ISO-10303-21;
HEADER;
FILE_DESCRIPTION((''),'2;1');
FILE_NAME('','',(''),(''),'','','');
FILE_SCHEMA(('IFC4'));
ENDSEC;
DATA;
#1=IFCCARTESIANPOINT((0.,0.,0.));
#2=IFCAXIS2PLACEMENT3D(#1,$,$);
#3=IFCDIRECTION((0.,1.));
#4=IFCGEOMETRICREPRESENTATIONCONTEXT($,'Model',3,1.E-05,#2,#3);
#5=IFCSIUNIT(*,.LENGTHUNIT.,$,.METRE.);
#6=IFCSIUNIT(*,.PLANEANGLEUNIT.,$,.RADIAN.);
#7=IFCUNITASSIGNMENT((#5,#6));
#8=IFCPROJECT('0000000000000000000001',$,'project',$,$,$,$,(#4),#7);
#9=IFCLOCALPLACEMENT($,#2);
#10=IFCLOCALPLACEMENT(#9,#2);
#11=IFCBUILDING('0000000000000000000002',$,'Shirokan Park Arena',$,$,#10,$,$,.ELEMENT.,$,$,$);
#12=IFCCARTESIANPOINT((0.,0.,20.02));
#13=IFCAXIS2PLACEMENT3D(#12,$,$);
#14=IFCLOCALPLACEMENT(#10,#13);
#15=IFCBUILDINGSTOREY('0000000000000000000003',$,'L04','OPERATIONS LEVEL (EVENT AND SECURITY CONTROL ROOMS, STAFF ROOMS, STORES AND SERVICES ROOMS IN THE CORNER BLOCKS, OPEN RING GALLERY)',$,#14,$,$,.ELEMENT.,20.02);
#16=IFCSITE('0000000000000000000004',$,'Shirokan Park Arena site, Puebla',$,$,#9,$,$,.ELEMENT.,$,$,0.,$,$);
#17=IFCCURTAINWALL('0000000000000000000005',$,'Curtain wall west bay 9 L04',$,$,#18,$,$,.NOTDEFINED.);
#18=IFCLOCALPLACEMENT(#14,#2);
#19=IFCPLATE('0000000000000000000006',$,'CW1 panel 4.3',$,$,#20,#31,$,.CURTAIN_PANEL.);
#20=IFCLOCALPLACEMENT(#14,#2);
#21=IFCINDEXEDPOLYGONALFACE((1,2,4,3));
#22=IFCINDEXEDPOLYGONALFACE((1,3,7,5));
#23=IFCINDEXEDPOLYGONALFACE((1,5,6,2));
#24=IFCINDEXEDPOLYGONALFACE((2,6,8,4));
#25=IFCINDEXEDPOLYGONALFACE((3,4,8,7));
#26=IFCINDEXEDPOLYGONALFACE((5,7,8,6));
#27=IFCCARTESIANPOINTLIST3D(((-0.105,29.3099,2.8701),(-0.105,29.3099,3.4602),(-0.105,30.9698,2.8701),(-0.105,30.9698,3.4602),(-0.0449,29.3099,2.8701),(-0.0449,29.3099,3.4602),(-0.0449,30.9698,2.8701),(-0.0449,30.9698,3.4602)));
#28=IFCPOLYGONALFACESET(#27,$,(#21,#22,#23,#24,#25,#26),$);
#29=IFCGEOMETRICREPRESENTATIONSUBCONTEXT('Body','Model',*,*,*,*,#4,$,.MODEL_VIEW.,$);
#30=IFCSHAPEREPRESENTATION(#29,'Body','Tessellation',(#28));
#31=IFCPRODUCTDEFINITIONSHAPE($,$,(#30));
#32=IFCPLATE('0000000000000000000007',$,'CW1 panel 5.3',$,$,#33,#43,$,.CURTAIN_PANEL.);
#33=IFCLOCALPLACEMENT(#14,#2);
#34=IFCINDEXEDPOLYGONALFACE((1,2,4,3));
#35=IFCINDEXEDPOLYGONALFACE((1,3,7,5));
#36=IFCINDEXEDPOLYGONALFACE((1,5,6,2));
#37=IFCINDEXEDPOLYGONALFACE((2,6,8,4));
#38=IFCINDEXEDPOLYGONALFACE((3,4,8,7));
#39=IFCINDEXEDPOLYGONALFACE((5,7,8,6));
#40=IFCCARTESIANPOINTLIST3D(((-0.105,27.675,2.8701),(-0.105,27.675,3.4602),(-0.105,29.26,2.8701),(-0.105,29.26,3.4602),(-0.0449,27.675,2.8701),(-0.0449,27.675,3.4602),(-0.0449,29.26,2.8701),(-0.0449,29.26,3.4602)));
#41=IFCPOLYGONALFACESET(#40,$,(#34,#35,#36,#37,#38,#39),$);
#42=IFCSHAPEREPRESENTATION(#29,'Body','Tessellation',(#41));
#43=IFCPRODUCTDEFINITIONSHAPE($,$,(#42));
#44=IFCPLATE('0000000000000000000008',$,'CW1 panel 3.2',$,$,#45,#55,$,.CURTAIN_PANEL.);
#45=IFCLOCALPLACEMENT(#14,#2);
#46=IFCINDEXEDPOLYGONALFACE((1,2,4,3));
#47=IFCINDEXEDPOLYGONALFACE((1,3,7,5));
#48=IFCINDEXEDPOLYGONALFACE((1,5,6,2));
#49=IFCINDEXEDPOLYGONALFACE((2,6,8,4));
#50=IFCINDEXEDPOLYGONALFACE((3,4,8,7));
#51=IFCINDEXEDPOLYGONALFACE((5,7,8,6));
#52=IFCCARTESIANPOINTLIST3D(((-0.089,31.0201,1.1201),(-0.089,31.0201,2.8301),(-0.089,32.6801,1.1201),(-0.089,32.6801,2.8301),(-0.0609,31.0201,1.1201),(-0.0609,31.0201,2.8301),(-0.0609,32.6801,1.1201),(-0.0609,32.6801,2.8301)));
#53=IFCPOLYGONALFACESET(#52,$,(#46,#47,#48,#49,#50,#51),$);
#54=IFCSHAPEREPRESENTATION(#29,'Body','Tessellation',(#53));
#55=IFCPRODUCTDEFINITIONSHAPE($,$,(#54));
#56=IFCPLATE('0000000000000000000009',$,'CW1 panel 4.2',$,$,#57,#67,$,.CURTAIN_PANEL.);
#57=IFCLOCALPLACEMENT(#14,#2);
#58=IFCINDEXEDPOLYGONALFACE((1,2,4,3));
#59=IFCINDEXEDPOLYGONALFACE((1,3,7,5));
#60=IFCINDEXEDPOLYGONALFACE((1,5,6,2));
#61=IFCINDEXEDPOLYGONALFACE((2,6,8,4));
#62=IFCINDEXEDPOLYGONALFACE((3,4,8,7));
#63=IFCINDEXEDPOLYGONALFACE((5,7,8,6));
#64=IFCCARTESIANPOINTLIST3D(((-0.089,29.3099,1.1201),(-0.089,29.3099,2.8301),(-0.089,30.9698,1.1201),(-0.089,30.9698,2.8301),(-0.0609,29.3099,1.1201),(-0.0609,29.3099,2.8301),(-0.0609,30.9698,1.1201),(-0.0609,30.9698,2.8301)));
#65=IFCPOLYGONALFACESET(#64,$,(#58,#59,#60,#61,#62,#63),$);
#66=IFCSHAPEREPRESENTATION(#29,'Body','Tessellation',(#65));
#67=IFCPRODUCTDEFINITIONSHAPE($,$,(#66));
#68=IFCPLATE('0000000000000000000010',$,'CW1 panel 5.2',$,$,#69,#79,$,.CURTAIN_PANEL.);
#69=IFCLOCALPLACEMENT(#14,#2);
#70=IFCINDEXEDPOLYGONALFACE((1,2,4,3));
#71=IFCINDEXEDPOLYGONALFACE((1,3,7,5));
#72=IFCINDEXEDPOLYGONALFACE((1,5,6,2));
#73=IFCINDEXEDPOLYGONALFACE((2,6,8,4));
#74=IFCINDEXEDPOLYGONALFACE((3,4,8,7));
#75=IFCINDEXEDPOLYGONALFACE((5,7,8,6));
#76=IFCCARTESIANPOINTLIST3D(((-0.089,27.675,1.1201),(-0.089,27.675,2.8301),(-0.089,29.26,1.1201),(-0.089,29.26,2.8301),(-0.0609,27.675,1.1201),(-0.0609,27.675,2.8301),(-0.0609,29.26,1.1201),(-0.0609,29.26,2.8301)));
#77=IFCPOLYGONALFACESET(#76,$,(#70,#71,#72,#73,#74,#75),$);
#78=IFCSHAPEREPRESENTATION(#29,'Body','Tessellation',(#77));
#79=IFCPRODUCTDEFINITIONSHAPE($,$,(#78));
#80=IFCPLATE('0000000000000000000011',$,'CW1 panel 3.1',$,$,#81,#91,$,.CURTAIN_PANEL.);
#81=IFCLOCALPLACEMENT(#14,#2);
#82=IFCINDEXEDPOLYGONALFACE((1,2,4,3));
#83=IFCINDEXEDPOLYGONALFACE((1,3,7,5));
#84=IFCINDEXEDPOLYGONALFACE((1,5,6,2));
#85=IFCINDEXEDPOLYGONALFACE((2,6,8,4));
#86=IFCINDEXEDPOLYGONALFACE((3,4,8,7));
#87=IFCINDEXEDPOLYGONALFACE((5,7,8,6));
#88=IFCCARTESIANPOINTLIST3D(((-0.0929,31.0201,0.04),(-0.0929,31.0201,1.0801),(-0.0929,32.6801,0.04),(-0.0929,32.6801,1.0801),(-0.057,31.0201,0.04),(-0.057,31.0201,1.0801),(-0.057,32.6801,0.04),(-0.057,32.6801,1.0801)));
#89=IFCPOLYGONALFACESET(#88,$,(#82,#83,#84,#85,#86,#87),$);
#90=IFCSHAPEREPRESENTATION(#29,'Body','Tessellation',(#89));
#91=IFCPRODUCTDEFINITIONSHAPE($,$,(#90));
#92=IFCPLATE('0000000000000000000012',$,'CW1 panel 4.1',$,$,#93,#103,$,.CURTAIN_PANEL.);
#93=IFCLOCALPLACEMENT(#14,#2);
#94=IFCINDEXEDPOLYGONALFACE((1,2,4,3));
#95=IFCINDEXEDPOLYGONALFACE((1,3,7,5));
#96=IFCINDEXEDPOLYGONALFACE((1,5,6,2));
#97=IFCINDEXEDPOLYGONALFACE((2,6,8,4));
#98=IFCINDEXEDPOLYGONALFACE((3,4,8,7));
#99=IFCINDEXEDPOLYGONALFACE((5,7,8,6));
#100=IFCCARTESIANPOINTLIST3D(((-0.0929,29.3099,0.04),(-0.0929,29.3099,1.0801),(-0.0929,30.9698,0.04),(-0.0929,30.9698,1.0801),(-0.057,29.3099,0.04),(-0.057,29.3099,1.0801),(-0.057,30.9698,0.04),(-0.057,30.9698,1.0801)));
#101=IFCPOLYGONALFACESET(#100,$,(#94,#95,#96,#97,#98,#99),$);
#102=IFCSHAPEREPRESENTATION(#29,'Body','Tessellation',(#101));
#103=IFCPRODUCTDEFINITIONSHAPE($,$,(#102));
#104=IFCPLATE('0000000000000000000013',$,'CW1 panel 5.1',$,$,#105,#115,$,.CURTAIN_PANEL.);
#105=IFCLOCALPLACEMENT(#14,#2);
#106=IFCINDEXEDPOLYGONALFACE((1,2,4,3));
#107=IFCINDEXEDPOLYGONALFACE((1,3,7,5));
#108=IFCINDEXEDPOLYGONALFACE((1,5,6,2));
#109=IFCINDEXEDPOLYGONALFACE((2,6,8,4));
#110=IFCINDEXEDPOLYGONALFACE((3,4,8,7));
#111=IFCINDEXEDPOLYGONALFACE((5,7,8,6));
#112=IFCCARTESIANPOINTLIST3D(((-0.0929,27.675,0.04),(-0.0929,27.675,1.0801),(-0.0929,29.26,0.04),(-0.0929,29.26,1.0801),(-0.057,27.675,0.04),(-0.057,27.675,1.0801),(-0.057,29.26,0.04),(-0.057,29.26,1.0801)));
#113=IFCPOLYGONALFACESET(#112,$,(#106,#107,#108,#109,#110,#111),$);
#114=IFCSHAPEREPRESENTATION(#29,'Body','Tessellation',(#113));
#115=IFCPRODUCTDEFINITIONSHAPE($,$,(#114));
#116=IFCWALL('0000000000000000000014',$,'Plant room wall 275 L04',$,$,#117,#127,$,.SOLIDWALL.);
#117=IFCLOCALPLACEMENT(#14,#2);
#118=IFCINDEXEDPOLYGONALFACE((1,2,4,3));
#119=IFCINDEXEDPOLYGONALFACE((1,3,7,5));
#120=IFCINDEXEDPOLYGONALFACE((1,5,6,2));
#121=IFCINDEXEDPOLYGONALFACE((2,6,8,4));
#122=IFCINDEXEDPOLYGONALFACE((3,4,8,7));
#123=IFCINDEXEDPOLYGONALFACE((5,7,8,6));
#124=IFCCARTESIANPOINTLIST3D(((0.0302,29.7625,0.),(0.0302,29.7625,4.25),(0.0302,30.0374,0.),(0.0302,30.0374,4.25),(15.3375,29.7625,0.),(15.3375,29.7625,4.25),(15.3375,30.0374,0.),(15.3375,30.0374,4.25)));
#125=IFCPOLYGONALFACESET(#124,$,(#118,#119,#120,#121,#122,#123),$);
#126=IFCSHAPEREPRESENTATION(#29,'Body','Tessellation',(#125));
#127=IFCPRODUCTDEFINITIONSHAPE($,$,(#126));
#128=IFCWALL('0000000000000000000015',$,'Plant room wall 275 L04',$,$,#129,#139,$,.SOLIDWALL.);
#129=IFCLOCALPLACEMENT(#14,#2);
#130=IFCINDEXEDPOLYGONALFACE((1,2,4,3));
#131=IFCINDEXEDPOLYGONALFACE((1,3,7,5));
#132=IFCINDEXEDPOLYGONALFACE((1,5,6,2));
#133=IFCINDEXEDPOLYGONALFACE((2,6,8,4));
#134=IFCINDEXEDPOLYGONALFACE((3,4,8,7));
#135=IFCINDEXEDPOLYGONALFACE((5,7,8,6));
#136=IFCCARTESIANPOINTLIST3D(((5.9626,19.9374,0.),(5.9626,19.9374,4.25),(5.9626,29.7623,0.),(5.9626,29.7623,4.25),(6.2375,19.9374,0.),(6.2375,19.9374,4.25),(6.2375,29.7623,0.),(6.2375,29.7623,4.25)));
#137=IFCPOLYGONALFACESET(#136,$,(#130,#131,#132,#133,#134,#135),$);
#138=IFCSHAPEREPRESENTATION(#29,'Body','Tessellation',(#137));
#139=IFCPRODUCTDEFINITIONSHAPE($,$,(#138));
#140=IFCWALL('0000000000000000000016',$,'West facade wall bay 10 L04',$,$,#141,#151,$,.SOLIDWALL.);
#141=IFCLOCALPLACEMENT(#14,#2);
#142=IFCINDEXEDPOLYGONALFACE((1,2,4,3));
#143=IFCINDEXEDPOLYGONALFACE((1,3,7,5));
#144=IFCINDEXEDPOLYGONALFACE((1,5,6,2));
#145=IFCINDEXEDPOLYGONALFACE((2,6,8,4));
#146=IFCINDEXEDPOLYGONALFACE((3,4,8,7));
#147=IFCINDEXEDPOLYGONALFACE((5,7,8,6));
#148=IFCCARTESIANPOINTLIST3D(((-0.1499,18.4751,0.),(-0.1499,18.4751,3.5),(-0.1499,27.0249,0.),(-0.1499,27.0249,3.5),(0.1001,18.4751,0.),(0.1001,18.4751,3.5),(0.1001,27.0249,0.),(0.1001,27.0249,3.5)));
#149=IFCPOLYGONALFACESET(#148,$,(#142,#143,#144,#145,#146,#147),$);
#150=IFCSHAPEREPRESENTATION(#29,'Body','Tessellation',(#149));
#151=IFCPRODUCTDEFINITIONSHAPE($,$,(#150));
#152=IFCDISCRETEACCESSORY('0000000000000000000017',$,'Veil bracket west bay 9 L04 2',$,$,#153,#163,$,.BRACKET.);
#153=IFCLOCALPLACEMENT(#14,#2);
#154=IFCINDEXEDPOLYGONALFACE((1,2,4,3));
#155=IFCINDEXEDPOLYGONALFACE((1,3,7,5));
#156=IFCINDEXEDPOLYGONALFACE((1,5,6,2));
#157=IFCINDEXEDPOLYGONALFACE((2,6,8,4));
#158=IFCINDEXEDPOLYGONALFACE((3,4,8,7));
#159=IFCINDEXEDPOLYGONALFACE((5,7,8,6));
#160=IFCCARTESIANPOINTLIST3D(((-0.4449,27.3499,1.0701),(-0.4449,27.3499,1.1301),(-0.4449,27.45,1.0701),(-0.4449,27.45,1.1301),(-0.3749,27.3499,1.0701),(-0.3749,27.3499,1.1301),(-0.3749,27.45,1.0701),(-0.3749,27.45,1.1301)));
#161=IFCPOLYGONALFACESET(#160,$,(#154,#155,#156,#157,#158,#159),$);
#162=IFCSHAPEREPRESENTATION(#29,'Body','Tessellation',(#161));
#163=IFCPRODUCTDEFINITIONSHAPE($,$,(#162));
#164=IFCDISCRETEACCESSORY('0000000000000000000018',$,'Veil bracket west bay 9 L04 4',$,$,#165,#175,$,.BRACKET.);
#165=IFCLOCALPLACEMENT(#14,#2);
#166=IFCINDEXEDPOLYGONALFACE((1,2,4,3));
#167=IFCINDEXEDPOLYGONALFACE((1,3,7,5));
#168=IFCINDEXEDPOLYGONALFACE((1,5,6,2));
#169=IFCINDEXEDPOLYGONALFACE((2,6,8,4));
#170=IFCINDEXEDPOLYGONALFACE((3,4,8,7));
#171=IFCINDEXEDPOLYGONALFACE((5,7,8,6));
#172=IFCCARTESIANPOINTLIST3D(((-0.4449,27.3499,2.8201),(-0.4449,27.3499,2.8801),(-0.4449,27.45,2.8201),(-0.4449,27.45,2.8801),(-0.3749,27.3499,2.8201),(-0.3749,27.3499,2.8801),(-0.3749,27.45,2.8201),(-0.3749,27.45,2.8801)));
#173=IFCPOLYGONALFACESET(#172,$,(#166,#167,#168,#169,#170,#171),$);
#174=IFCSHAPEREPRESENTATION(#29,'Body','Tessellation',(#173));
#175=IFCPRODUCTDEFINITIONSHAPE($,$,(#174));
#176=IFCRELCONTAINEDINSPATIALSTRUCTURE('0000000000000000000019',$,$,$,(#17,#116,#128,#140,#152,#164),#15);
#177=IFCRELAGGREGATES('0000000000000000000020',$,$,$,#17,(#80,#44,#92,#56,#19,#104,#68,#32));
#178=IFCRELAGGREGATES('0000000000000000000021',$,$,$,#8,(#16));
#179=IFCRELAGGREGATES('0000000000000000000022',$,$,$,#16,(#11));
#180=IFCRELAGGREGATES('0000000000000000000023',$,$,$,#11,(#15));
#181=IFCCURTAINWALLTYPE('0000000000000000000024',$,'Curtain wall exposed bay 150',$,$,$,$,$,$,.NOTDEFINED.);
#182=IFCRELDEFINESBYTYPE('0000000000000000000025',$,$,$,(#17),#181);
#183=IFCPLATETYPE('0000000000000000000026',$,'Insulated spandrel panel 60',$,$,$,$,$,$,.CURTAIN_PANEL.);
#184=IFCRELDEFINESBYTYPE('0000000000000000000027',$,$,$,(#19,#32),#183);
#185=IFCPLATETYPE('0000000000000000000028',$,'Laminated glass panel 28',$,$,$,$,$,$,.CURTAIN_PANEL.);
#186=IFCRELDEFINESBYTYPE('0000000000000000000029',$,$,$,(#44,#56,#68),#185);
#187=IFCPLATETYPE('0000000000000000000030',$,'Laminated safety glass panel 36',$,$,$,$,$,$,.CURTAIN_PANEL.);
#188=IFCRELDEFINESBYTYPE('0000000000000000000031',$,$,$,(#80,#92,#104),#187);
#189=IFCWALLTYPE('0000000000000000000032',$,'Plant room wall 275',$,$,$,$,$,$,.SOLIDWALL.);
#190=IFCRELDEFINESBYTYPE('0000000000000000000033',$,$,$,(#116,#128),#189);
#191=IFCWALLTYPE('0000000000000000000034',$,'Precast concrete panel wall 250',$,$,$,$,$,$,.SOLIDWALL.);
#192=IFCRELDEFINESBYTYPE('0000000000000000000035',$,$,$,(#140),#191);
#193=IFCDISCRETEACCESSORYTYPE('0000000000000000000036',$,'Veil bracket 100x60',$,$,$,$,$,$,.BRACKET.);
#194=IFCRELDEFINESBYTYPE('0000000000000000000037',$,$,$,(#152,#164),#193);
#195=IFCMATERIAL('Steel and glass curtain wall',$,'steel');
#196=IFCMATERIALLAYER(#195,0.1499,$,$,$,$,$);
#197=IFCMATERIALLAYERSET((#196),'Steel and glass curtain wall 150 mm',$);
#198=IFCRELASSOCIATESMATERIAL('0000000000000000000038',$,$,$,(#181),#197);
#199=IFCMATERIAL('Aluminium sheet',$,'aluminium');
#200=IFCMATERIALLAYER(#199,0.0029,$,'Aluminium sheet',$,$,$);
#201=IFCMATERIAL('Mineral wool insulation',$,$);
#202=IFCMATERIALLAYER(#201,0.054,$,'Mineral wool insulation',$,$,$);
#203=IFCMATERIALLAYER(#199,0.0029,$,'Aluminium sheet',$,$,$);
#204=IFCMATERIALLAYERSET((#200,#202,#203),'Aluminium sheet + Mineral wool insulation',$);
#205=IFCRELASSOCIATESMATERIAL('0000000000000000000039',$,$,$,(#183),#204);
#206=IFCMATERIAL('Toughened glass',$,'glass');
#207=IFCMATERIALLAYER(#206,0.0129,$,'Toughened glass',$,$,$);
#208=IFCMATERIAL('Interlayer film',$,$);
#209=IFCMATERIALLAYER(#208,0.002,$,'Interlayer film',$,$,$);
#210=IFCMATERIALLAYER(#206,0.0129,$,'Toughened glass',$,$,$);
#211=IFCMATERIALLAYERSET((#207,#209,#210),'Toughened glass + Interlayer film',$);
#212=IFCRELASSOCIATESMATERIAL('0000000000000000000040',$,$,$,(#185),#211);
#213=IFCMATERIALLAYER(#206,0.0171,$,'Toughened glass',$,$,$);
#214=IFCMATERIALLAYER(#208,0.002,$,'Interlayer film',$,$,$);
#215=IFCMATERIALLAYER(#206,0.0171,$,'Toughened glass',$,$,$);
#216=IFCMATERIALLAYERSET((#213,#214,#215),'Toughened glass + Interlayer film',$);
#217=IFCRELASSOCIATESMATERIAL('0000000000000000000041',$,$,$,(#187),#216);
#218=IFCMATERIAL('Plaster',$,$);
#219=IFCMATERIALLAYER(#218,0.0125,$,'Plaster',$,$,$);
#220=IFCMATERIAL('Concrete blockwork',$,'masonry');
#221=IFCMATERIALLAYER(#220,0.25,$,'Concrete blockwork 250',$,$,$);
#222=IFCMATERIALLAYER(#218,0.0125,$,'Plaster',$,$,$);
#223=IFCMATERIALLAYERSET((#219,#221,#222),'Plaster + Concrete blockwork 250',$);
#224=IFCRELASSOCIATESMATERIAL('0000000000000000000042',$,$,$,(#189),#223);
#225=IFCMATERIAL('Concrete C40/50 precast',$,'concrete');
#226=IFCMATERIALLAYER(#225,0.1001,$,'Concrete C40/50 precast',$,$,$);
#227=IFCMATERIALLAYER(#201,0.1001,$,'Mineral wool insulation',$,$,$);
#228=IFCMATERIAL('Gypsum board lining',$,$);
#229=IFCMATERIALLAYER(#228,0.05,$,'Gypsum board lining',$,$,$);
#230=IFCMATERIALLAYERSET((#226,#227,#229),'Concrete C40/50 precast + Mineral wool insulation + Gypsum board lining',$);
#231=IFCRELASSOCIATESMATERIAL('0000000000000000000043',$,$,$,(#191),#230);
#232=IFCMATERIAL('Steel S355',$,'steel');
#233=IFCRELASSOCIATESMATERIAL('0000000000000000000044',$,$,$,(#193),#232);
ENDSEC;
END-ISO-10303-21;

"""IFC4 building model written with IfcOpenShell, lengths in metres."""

from ifc_helpers import new_model, si_unit, direction, frame, frame_2d, origin, origin_2d, place, context, subcontext, project, spatial, rectangle, extrude, material, layer, layer_set, type_object, element, aggregate, save


model = new_model("IFC4")

# Units and contexts
model_context = context("Model", 3, precision=1e-05, world=origin(), true_north=direction((0.0, 1.0)))
body_context = subcontext(model_context, "Body", "Model", "MODEL_VIEW")
ifc_project = project(units=[si_unit("LENGTHUNIT", "METRE"), si_unit("PLANEANGLEUNIT", "RADIAN")], contexts=[model_context])

# Site, building, storey
site_placement = place(None, origin())
site = spatial("IfcSite", under=ifc_project, at=site_placement, Name="Shirokan Park Arena site, Puebla", CompositionType="ELEMENT", RefElevation=0.0)
building_placement = place(site_placement, origin())
building = spatial("IfcBuilding", under=site, at=building_placement, Name="Shirokan Park Arena", CompositionType="ELEMENT")
storey_placement = place(building_placement, frame((0.0, 0.0, 20.02)))
storey = spatial("IfcBuildingStorey", under=building, at=storey_placement, Name="L04", Description="OPERATIONS LEVEL (EVENT AND SECURITY CONTROL ROOMS, STAFF ROOMS, STORES AND SERVICES ROOMS IN THE CORNER BLOCKS, OPEN RING GALLERY)", CompositionType="ELEMENT", Elevation=20.02)

# Curtain wall
ifc_material_1 = material(Name="Steel and glass curtain wall", Category="steel")
ifc_layer_1 = layer(ifc_material_1, 0.1499)
ifc_layer_set_1 = layer_set([ifc_layer_1], Name="Steel and glass curtain wall 150 mm")
curtain_wall_type = type_object("IfcCurtainWallType", Name="Curtain wall exposed bay 150", PredefinedType="NOTDEFINED", material=ifc_layer_set_1)
curtain_wall_placement = place(storey_placement, origin())
curtain_wall = element("IfcCurtainWall", 1, at=curtain_wall_placement, inside=storey, type_object=curtain_wall_type, Name="Curtain wall west bay 9 L04", PredefinedType="NOTDEFINED")
ifc_material_2 = material(Name="Steel S355", Category="steel")

# Plates
ifc_material_3 = material(Name="Aluminium sheet", Category="aluminium")
ifc_layer_2 = layer(ifc_material_3, 0.0029, Name="Aluminium sheet")
ifc_material_4 = material(Name="Mineral wool insulation")
ifc_layer_3 = layer(ifc_material_4, 0.054, Name="Mineral wool insulation")
ifc_layer_4 = layer(ifc_material_3, 0.0029, Name="Aluminium sheet")
ifc_layer_set_2 = layer_set([ifc_layer_2, ifc_layer_3, ifc_layer_4], Name="Aluminium sheet + Mineral wool insulation")
plate_type_1 = type_object("IfcPlateType", Name="Insulated spandrel panel 60", PredefinedType="CURTAIN_PANEL", material=ifc_layer_set_2)
plate_1_placement = place(storey_placement, frame((-0.075, 30.1399, 2.8701), z_axis=(0.0, 0.0, 1.0), x_axis=(0.0, -1.0, 0.0)))
plate_1 = element("IfcPlate", 2, at=plate_1_placement, type_object=plate_type_1, Name="CW1 panel 4.3", PredefinedType="CURTAIN_PANEL", context=body_context, shape_type="SweptSolid", body=[
    extrude(rectangle(XDim=1.6599, YDim=0.0601, at=origin_2d()), origin(), (0.0, 0.0, 1.0), 0.5901),
])
plate_2_placement = place(storey_placement, frame((-0.075, 28.4675, 2.8701), z_axis=(0.0, 0.0, 1.0), x_axis=(0.0, -1.0, 0.0)))
plate_2 = element("IfcPlate", 3, at=plate_2_placement, type_object=plate_type_1, Name="CW1 panel 5.3", PredefinedType="CURTAIN_PANEL", context=body_context, shape_type="SweptSolid", body=[
    extrude(rectangle(XDim=1.585, YDim=0.0601, at=origin_2d()), origin(), (0.0, 0.0, 1.0), 0.5901),
])
ifc_material_5 = material(Name="Toughened glass", Category="glass")
ifc_layer_5 = layer(ifc_material_5, 0.0129, Name="Toughened glass")
ifc_material_6 = material(Name="Interlayer film")
ifc_layer_6 = layer(ifc_material_6, 0.002, Name="Interlayer film")
ifc_layer_7 = layer(ifc_material_5, 0.0129, Name="Toughened glass")
ifc_layer_set_3 = layer_set([ifc_layer_5, ifc_layer_6, ifc_layer_7], Name="Toughened glass + Interlayer film")
plate_type_2 = type_object("IfcPlateType", Name="Laminated glass panel 28", PredefinedType="CURTAIN_PANEL", material=ifc_layer_set_3)
plate_3_placement = place(storey_placement, frame((-0.075, 31.8501, 1.1201), z_axis=(0.0, 0.0, 1.0), x_axis=(0.0, -1.0, 0.0)))
plate_3 = element("IfcPlate", 4, at=plate_3_placement, type_object=plate_type_2, Name="CW1 panel 3.2", PredefinedType="CURTAIN_PANEL", context=body_context, shape_type="SweptSolid", body=[
    extrude(rectangle(XDim=1.6599, YDim=0.0281, at=origin_2d()), origin(), (0.0, 0.0, 1.0), 1.71),
])
plate_4_placement = place(storey_placement, frame((-0.075, 30.1399, 1.1201), z_axis=(0.0, 0.0, 1.0), x_axis=(0.0, -1.0, 0.0)))
plate_4 = element("IfcPlate", 5, at=plate_4_placement, type_object=plate_type_2, Name="CW1 panel 4.2", PredefinedType="CURTAIN_PANEL", context=body_context, shape_type="SweptSolid", body=[
    extrude(rectangle(XDim=1.6599, YDim=0.0281, at=origin_2d()), origin(), (0.0, 0.0, 1.0), 1.71),
])
plate_5_placement = place(storey_placement, frame((-0.075, 28.4675, 1.1201), z_axis=(0.0, 0.0, 1.0), x_axis=(0.0, -1.0, 0.0)))
plate_5 = element("IfcPlate", 6, at=plate_5_placement, type_object=plate_type_2, Name="CW1 panel 5.2", PredefinedType="CURTAIN_PANEL", context=body_context, shape_type="SweptSolid", body=[
    extrude(rectangle(XDim=1.585, YDim=0.0281, at=origin_2d()), origin(), (0.0, 0.0, 1.0), 1.71),
])
ifc_layer_8 = layer(ifc_material_5, 0.0171, Name="Toughened glass")
ifc_layer_9 = layer(ifc_material_6, 0.002, Name="Interlayer film")
ifc_layer_10 = layer(ifc_material_5, 0.0171, Name="Toughened glass")
ifc_layer_set_4 = layer_set([ifc_layer_8, ifc_layer_9, ifc_layer_10], Name="Toughened glass + Interlayer film")
plate_type_3 = type_object("IfcPlateType", Name="Laminated safety glass panel 36", PredefinedType="CURTAIN_PANEL", material=ifc_layer_set_4)
plate_6_placement = place(storey_placement, frame((-0.075, 31.8501, 0.04), z_axis=(0.0, 0.0, 1.0), x_axis=(0.0, -1.0, 0.0)))
plate_6 = element("IfcPlate", 7, at=plate_6_placement, type_object=plate_type_3, Name="CW1 panel 3.1", PredefinedType="CURTAIN_PANEL", context=body_context, shape_type="SweptSolid", body=[
    extrude(rectangle(XDim=1.6599, YDim=0.0359, at=origin_2d()), origin(), (0.0, 0.0, 1.0), 1.04),
])
plate_7_placement = place(storey_placement, frame((-0.075, 30.1399, 0.04), z_axis=(0.0, 0.0, 1.0), x_axis=(0.0, -1.0, 0.0)))
plate_7 = element("IfcPlate", 8, at=plate_7_placement, type_object=plate_type_3, Name="CW1 panel 4.1", PredefinedType="CURTAIN_PANEL", context=body_context, shape_type="SweptSolid", body=[
    extrude(rectangle(XDim=1.6599, YDim=0.0359, at=origin_2d()), origin(), (0.0, 0.0, 1.0), 1.04),
])
plate_8_placement = place(storey_placement, frame((-0.075, 28.4675, 0.04), z_axis=(0.0, 0.0, 1.0), x_axis=(0.0, -1.0, 0.0)))
plate_8 = element("IfcPlate", 9, at=plate_8_placement, type_object=plate_type_3, Name="CW1 panel 5.1", PredefinedType="CURTAIN_PANEL", context=body_context, shape_type="SweptSolid", body=[
    extrude(rectangle(XDim=1.585, YDim=0.0359, at=origin_2d()), origin(), (0.0, 0.0, 1.0), 1.04),
])
aggregate(curtain_wall, [plate_6, plate_3, plate_7, plate_4, plate_1, plate_8, plate_5, plate_2])

# Walls
ifc_material_7 = material(Name="Plaster")
ifc_layer_11 = layer(ifc_material_7, 0.0125, Name="Plaster")
ifc_material_8 = material(Name="Concrete blockwork", Category="masonry")
ifc_layer_12 = layer(ifc_material_8, 0.25, Name="Concrete blockwork 250")
ifc_layer_13 = layer(ifc_material_7, 0.0125, Name="Plaster")
ifc_layer_set_5 = layer_set([ifc_layer_11, ifc_layer_12, ifc_layer_13], Name="Plaster + Concrete blockwork 250")
wall_type_1 = type_object("IfcWallType", Name="Plant room wall 275", PredefinedType="SOLIDWALL", material=ifc_layer_set_5)
wall_1_placement = place(storey_placement, frame((0.03, 29.8999, 0.0), z_axis=(0.0, 0.0, 1.0), x_axis=(1.0, 0.0, 0.0)))
element("IfcWall", 10, at=wall_1_placement, inside=storey, type_object=wall_type_1, Name="Plant room wall 275 L04", PredefinedType="SOLIDWALL", context=body_context, shape_type="SweptSolid", body=[
    extrude(rectangle(XDim=15.3074, YDim=0.2749, at=frame_2d((7.6538, 0.0))), origin(), (0.0, 0.0, 1.0), 4.25),
])
wall_2_placement = place(storey_placement, frame((6.1001, 29.7625, 0.0), z_axis=(0.0, 0.0, 1.0), x_axis=(0.0, -1.0, 0.0)))
element("IfcWall", 11, at=wall_2_placement, inside=storey, type_object=wall_type_1, Name="Plant room wall 275 L04", PredefinedType="SOLIDWALL", context=body_context, shape_type="SweptSolid", body=[
    extrude(rectangle(XDim=9.825, YDim=0.2749, at=frame_2d((4.9126, 0.0))), origin(), (0.0, 0.0, 1.0), 4.25),
])
ifc_material_9 = material(Name="Concrete C40/50 precast", Category="concrete")
ifc_layer_14 = layer(ifc_material_9, 0.1001, Name="Concrete C40/50 precast")
ifc_layer_15 = layer(ifc_material_4, 0.1001, Name="Mineral wool insulation")
ifc_material_10 = material(Name="Gypsum board lining")
ifc_layer_16 = layer(ifc_material_10, 0.05, Name="Gypsum board lining")
ifc_layer_set_6 = layer_set([ifc_layer_14, ifc_layer_15, ifc_layer_16], Name="Concrete C40/50 precast + Mineral wool insulation + Gypsum board lining")
wall_type_2 = type_object("IfcWallType", Name="Precast concrete panel wall 250", PredefinedType="SOLIDWALL", material=ifc_layer_set_6)
wall_3_placement = place(storey_placement, frame((-0.0249, 27.0249, 0.0), z_axis=(0.0, 0.0, 1.0), x_axis=(0.0, -1.0, 0.0)))
element("IfcWall", 12, at=wall_3_placement, inside=storey, type_object=wall_type_2, Name="West facade wall bay 10 L04", PredefinedType="SOLIDWALL", context=body_context, shape_type="SweptSolid", body=[
    extrude(rectangle(XDim=8.5498, YDim=0.25, at=frame_2d((4.2749, 0.0))), origin(), (0.0, 0.0, 1.0), 3.5),
])

# Discrete accessories
discrete_accessory_type = type_object("IfcDiscreteAccessoryType", Name="Veil bracket 100x60", PredefinedType="BRACKET", material=ifc_material_2)
for number, where, z_axis, x_axis, name in (
    (13, (-0.4099, 27.3999, 1.0701), (0.0, 0.0, 1.0), (0.0, -1.0, 0.0), "Veil bracket west bay 9 L04 2"),
    (14, (-0.4099, 27.3999, 2.8201), (0.0, 0.0, 1.0), (0.0, -1.0, 0.0), "Veil bracket west bay 9 L04 4"),
):
    element("IfcDiscreteAccessory", number, at=place(storey_placement, frame(where, z_axis=z_axis, x_axis=x_axis)), inside=storey, type_object=discrete_accessory_type, Name=name, PredefinedType="BRACKET", context=body_context, shape_type="SweptSolid", body=[
        extrude(rectangle(XDim=0.1001, YDim=0.0701, at=origin_2d()), origin(), (0.0, 0.0, 1.0), 0.0601),
    ])

save(model, "model.ifc")
